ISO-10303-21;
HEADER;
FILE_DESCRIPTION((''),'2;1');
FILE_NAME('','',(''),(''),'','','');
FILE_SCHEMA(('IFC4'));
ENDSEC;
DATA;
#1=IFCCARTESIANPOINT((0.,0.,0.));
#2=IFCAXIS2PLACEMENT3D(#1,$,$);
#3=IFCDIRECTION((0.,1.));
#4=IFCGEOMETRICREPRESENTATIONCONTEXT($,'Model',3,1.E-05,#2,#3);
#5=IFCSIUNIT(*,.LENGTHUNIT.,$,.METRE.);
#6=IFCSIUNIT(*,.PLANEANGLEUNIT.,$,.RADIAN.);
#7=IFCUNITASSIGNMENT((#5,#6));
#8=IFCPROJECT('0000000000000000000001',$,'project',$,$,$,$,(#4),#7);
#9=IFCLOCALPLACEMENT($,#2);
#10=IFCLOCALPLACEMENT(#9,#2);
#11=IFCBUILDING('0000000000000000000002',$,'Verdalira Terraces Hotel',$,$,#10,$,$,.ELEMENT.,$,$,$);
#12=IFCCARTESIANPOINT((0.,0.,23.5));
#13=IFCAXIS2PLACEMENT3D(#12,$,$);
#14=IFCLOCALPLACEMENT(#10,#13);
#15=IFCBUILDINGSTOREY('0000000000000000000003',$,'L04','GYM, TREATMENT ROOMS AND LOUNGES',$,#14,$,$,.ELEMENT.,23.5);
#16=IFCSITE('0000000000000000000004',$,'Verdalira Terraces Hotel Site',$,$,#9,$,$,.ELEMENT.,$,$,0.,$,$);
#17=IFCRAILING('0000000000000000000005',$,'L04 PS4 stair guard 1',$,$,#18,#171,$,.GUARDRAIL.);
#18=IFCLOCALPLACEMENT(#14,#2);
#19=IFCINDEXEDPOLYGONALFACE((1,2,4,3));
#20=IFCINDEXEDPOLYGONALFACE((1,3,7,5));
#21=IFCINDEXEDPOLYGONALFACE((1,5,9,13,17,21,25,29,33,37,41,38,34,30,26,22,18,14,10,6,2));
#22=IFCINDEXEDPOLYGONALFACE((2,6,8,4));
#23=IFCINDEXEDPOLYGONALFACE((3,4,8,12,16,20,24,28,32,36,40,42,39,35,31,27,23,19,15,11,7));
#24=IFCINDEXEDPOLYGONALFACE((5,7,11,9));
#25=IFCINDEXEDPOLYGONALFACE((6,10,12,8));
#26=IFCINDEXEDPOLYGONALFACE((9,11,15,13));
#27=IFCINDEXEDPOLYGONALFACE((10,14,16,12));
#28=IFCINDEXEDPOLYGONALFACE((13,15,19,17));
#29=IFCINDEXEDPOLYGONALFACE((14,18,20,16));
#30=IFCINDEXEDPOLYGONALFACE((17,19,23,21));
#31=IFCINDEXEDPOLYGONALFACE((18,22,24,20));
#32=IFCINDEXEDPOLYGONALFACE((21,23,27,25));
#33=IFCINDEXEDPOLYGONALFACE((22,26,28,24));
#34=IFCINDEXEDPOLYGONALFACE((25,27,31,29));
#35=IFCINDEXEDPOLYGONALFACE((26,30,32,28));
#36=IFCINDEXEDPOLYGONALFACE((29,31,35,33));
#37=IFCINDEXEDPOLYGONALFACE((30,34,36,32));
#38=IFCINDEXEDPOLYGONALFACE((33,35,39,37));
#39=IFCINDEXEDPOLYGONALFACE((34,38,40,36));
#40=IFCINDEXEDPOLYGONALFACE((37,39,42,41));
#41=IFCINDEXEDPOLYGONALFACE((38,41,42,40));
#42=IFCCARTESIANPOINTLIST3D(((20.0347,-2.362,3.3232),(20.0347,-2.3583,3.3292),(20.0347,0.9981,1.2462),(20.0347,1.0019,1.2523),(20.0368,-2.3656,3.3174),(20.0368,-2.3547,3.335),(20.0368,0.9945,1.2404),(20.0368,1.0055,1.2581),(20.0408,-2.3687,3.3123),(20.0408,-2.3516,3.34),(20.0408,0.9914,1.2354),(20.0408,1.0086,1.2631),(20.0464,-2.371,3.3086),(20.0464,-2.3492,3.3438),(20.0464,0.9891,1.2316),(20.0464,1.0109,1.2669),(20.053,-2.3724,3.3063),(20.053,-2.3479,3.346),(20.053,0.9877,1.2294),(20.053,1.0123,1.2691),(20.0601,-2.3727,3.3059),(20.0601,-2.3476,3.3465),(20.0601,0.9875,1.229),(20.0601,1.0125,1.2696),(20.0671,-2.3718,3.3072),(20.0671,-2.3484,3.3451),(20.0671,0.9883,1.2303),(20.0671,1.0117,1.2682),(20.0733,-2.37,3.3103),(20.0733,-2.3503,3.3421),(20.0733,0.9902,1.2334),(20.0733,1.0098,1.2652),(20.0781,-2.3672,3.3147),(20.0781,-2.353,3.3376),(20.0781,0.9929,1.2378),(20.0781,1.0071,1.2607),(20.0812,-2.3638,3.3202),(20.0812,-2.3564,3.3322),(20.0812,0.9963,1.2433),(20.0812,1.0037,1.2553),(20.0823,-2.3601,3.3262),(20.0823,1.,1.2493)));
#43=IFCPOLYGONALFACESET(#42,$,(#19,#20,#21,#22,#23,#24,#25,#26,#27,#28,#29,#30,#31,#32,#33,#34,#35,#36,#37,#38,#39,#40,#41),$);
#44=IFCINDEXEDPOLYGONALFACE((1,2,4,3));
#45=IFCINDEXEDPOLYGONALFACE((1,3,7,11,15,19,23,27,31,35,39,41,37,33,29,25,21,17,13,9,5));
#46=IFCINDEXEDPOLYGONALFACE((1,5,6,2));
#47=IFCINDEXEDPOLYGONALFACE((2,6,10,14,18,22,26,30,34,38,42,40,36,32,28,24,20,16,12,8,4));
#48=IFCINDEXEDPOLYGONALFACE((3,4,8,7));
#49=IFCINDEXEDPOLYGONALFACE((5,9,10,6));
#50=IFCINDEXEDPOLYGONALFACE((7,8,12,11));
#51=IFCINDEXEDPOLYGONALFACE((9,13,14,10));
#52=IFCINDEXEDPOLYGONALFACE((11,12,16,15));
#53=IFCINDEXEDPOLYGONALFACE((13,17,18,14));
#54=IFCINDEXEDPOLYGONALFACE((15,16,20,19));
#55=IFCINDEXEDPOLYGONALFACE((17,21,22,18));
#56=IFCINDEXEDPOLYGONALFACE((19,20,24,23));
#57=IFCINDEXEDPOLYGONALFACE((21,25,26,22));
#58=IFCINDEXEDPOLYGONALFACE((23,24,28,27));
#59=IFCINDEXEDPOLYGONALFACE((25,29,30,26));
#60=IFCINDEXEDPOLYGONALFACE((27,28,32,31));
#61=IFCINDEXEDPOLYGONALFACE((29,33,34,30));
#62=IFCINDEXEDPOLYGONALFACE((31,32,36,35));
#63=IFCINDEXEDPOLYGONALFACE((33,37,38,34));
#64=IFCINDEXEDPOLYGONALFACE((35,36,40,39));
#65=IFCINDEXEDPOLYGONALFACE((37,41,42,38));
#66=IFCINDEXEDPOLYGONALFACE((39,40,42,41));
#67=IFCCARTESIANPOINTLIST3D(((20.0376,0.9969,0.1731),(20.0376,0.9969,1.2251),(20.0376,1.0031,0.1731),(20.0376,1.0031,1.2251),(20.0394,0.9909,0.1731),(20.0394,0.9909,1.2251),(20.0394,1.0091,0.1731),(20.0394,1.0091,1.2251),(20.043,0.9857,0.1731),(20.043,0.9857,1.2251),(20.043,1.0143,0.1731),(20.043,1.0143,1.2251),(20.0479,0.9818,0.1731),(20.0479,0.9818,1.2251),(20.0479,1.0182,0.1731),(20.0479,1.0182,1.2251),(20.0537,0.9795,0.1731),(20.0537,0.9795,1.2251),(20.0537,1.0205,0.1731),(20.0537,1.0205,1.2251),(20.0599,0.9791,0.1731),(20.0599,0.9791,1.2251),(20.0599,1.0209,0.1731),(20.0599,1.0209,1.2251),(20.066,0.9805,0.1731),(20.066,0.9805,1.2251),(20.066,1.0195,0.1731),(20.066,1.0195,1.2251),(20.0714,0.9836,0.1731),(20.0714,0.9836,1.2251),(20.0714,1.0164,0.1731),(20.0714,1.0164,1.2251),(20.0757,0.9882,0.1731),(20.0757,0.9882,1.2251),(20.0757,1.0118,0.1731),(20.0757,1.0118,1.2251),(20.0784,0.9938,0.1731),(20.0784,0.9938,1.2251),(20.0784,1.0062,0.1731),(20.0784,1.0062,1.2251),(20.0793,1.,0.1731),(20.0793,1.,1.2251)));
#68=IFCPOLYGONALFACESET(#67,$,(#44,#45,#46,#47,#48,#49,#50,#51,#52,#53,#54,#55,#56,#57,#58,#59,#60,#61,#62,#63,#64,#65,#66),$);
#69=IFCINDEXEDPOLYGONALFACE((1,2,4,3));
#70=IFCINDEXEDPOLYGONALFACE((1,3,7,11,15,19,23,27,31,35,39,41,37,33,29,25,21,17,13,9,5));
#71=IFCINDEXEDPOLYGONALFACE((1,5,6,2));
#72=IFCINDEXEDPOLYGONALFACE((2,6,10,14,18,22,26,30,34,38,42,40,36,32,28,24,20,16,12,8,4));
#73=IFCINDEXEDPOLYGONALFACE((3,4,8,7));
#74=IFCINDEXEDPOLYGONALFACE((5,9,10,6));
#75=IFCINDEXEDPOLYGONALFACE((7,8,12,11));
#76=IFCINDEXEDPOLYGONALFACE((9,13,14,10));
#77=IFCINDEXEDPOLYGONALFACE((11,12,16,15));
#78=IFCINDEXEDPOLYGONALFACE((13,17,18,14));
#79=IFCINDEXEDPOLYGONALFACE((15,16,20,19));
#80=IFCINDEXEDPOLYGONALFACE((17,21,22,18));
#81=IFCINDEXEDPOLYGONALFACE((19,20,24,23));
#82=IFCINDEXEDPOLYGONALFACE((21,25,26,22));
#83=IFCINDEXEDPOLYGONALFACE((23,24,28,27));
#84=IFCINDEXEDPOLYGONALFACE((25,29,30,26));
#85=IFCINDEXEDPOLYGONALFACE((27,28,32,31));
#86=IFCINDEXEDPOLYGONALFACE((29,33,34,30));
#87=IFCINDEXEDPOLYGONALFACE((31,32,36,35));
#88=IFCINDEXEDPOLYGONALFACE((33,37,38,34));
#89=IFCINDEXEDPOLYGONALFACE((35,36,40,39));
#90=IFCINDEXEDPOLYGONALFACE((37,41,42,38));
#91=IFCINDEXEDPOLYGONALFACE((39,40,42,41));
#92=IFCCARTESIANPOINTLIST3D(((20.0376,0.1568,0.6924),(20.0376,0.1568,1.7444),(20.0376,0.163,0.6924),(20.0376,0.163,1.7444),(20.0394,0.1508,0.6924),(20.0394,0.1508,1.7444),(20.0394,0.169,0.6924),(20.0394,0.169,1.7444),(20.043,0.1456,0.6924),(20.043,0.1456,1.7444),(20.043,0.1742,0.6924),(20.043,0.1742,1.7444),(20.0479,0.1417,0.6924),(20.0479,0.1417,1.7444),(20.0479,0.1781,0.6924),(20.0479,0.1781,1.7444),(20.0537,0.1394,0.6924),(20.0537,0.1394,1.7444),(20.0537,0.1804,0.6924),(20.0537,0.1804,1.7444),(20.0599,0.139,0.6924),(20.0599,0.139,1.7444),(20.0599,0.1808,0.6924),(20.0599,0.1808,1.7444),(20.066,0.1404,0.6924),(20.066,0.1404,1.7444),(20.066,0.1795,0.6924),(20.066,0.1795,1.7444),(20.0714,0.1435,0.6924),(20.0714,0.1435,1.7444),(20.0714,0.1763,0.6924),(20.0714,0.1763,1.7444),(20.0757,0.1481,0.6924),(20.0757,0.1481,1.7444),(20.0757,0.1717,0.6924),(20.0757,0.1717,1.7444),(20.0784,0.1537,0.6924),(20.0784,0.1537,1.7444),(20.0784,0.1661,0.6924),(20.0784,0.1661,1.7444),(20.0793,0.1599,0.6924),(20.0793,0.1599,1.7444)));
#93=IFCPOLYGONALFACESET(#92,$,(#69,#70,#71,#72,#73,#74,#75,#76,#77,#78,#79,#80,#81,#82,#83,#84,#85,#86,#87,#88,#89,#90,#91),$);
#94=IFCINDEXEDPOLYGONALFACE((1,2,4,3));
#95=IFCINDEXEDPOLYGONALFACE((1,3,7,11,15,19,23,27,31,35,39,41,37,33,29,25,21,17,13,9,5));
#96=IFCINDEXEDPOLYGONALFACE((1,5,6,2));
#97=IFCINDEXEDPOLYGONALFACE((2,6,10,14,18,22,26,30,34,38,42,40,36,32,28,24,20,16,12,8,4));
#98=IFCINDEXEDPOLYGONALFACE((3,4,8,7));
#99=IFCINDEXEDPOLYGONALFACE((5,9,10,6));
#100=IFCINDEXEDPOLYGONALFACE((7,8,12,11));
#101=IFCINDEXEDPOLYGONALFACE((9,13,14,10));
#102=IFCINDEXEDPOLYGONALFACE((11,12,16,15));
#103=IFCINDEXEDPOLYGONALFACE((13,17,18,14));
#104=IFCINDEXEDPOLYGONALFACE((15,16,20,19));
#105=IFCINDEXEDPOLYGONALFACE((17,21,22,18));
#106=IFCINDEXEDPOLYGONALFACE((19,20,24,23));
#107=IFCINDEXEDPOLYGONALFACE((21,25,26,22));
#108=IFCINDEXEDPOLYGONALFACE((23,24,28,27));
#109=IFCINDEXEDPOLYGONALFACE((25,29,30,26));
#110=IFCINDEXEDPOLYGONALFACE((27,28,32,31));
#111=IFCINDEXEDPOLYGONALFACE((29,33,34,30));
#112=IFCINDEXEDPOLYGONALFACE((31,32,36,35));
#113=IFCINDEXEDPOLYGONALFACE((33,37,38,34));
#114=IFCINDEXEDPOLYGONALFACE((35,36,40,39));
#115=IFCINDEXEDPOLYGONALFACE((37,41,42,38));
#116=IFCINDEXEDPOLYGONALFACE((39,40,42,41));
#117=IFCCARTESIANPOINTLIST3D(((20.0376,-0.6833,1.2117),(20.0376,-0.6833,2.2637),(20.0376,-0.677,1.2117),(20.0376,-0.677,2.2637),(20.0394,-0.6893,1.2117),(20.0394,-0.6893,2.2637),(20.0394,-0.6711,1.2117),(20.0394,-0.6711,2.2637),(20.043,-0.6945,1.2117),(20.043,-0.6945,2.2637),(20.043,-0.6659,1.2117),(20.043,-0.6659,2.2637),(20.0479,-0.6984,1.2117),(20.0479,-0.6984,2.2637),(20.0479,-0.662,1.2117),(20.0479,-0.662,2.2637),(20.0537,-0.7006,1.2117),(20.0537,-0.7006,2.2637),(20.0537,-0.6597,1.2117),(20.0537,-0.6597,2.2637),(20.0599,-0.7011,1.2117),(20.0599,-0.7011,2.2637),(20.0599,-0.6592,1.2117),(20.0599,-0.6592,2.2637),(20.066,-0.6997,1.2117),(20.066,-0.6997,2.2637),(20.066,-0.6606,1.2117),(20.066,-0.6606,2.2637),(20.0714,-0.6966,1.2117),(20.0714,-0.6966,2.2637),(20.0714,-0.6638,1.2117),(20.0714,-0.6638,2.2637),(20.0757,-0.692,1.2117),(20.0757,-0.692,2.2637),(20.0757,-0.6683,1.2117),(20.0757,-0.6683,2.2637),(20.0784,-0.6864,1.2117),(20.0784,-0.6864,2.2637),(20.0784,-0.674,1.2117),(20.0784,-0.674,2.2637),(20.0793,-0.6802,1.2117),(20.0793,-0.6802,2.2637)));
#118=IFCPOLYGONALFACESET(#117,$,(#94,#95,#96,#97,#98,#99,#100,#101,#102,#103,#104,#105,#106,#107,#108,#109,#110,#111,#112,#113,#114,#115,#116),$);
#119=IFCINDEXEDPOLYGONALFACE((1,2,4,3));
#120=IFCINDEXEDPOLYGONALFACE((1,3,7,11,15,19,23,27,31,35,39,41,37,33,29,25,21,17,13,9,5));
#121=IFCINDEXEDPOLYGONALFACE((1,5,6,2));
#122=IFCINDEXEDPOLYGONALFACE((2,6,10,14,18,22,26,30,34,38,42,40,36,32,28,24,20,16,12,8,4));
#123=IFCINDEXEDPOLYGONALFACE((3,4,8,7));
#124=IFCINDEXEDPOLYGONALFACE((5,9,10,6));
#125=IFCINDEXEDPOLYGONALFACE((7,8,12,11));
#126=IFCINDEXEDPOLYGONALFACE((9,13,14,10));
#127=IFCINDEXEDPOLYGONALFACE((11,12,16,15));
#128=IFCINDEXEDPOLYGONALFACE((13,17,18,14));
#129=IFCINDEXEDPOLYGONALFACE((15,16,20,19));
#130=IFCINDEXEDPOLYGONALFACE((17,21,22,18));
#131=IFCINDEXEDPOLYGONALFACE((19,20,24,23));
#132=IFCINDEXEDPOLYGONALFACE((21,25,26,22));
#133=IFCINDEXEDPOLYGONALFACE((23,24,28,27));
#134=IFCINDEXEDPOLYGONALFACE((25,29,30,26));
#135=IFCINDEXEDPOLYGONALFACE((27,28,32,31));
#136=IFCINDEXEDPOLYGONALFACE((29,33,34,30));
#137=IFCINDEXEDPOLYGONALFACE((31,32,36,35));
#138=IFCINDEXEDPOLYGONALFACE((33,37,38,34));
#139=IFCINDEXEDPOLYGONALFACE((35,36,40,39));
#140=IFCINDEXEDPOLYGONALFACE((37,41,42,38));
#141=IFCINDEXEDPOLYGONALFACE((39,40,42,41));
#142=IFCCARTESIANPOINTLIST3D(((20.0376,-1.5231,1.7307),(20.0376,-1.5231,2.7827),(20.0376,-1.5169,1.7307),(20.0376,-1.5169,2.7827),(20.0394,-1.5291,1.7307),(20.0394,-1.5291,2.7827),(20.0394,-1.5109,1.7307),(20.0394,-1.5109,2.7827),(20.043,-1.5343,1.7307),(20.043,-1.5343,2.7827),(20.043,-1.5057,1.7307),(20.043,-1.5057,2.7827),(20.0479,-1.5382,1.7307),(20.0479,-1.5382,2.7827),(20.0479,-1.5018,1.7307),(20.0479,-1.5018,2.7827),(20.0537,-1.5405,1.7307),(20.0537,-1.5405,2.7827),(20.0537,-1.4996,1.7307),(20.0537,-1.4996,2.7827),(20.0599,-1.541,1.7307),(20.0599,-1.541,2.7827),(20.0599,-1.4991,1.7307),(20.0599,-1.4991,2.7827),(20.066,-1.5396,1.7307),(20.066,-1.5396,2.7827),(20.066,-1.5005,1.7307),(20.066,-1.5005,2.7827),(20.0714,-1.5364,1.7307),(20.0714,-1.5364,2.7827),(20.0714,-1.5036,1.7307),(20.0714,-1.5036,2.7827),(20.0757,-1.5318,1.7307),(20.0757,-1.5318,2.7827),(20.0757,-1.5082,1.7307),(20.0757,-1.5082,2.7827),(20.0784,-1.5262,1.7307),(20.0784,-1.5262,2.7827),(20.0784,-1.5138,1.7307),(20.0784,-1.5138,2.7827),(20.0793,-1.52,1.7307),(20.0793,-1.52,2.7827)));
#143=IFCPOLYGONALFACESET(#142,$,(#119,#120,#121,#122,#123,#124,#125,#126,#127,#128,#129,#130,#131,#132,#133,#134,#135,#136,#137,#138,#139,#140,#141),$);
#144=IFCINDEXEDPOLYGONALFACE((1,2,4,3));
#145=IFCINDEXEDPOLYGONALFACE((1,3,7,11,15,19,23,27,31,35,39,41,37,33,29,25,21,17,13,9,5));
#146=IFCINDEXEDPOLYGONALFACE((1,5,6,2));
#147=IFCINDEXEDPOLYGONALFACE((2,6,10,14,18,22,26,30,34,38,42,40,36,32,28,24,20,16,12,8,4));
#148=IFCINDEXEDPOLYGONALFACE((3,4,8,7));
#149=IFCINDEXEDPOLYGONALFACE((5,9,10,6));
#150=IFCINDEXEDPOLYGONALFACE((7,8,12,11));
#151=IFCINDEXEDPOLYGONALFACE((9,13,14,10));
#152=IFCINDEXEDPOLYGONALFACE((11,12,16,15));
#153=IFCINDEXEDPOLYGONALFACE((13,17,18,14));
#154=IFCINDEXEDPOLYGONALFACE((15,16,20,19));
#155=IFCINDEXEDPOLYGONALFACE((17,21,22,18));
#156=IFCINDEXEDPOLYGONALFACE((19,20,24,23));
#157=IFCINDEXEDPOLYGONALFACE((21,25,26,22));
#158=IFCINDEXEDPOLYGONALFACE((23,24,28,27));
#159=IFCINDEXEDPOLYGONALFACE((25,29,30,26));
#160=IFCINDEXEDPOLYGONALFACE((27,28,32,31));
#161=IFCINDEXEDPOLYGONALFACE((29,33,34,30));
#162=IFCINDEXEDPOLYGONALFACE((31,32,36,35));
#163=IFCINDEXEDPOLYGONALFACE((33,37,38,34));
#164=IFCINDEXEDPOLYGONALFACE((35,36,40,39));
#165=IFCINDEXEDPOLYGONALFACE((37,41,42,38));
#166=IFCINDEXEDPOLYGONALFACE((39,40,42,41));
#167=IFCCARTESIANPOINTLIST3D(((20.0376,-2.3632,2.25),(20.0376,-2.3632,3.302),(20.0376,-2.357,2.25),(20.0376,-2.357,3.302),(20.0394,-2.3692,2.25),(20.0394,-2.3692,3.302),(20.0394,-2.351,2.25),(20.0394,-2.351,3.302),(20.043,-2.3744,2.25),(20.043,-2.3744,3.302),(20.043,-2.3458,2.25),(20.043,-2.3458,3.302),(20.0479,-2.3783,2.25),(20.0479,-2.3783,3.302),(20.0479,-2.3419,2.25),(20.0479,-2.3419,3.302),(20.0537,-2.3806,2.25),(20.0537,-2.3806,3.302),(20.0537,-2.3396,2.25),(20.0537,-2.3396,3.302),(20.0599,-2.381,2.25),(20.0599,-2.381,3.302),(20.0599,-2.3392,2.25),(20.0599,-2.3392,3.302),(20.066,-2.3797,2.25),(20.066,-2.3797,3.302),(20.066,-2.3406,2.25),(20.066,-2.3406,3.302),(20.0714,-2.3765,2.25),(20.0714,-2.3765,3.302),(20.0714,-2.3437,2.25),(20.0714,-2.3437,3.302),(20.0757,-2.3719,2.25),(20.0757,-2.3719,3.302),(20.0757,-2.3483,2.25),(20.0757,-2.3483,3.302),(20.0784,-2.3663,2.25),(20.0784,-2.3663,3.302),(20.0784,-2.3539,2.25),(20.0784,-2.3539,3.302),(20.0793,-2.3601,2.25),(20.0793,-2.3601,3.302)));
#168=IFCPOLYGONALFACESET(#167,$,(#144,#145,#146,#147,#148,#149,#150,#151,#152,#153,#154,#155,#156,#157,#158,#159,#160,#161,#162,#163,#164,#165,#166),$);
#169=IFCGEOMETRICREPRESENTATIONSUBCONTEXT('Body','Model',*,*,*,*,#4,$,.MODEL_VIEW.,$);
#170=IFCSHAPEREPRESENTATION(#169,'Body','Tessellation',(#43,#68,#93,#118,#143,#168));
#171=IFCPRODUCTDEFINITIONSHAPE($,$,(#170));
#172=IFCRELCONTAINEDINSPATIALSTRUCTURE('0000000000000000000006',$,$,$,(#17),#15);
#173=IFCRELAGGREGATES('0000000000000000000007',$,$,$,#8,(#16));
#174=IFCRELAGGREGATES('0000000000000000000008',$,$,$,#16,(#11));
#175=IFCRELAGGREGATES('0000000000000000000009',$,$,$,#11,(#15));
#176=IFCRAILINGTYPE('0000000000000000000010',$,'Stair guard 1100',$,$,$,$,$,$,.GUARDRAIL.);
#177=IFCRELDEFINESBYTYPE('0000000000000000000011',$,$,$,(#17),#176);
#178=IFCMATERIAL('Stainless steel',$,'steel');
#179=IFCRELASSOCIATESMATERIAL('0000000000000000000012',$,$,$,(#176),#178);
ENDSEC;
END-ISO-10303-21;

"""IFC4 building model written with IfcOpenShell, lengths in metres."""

from ifc_helpers import new_model, si_unit, direction, frame, origin, origin_2d, place, context, subcontext, project, spatial, circle, extrude, material, type_object, element, save


model = new_model("IFC4")

# Units and contexts
model_context = context("Model", 3, precision=1e-05, world=origin(), true_north=direction((0.0, 1.0)))
body_context = subcontext(model_context, "Body", "Model", "MODEL_VIEW")
ifc_project = project(units=[si_unit("LENGTHUNIT", "METRE"), si_unit("PLANEANGLEUNIT", "RADIAN")], contexts=[model_context])

# Site, building, storey
site_placement = place(None, origin())
site = spatial("IfcSite", under=ifc_project, at=site_placement, Name="Verdalira Terraces Hotel Site", CompositionType="ELEMENT", RefElevation=0.0)
building_placement = place(site_placement, origin())
building = spatial("IfcBuilding", under=site, at=building_placement, Name="Verdalira Terraces Hotel", CompositionType="ELEMENT")
storey_placement = place(building_placement, frame((0.0, 0.0, 23.5)))
storey = spatial("IfcBuildingStorey", under=building, at=storey_placement, Name="L04", Description="GYM, TREATMENT ROOMS AND LOUNGES", CompositionType="ELEMENT", Elevation=23.5)

# Railing
ifc_material_1 = material(Name="Stainless steel", Category="steel")
railing_type_1 = type_object("IfcRailingType", Name="Stair guard 1100", PredefinedType="GUARDRAIL", material=ifc_material_1)
railing_1_placement = place(storey_placement, frame((20.0584, 1.0, 0.1731)))
element("IfcRailing", 1, at=railing_1_placement, inside=storey, type_object=railing_type_1, Name="L04 PS4 stair guard 1", PredefinedType="GUARDRAIL", context=body_context, shape_type="SweptSolid", body=[
    extrude(circle(Radius=0.0239, at=origin_2d()), frame((0.0, 0.0, 1.0762), z_axis=(0.0, -0.850623, 0.525776), x_axis=(1.0, 0.0, 0.0)), (0.0, 0.0, 1.0), 3.9502),
    extrude(circle(Radius=0.021, at=origin_2d()), origin(), (0.0, 0.0, 1.0), 1.052),
    extrude(circle(Radius=0.021, at=origin_2d()), frame((0.0, -0.8401, 0.5193)), (0.0, 0.0, 1.0), 1.052),
    extrude(circle(Radius=0.021, at=origin_2d()), frame((0.0, -1.6802, 1.0386)), (0.0, 0.0, 1.0), 1.052),
    extrude(circle(Radius=0.021, at=origin_2d()), frame((0.0, -2.52, 1.5576)), (0.0, 0.0, 1.0), 1.052),
    extrude(circle(Radius=0.021, at=origin_2d()), frame((0.0, -3.3601, 2.0769)), (0.0, 0.0, 1.0), 1.052),
])

save(model, "model.ifc")
